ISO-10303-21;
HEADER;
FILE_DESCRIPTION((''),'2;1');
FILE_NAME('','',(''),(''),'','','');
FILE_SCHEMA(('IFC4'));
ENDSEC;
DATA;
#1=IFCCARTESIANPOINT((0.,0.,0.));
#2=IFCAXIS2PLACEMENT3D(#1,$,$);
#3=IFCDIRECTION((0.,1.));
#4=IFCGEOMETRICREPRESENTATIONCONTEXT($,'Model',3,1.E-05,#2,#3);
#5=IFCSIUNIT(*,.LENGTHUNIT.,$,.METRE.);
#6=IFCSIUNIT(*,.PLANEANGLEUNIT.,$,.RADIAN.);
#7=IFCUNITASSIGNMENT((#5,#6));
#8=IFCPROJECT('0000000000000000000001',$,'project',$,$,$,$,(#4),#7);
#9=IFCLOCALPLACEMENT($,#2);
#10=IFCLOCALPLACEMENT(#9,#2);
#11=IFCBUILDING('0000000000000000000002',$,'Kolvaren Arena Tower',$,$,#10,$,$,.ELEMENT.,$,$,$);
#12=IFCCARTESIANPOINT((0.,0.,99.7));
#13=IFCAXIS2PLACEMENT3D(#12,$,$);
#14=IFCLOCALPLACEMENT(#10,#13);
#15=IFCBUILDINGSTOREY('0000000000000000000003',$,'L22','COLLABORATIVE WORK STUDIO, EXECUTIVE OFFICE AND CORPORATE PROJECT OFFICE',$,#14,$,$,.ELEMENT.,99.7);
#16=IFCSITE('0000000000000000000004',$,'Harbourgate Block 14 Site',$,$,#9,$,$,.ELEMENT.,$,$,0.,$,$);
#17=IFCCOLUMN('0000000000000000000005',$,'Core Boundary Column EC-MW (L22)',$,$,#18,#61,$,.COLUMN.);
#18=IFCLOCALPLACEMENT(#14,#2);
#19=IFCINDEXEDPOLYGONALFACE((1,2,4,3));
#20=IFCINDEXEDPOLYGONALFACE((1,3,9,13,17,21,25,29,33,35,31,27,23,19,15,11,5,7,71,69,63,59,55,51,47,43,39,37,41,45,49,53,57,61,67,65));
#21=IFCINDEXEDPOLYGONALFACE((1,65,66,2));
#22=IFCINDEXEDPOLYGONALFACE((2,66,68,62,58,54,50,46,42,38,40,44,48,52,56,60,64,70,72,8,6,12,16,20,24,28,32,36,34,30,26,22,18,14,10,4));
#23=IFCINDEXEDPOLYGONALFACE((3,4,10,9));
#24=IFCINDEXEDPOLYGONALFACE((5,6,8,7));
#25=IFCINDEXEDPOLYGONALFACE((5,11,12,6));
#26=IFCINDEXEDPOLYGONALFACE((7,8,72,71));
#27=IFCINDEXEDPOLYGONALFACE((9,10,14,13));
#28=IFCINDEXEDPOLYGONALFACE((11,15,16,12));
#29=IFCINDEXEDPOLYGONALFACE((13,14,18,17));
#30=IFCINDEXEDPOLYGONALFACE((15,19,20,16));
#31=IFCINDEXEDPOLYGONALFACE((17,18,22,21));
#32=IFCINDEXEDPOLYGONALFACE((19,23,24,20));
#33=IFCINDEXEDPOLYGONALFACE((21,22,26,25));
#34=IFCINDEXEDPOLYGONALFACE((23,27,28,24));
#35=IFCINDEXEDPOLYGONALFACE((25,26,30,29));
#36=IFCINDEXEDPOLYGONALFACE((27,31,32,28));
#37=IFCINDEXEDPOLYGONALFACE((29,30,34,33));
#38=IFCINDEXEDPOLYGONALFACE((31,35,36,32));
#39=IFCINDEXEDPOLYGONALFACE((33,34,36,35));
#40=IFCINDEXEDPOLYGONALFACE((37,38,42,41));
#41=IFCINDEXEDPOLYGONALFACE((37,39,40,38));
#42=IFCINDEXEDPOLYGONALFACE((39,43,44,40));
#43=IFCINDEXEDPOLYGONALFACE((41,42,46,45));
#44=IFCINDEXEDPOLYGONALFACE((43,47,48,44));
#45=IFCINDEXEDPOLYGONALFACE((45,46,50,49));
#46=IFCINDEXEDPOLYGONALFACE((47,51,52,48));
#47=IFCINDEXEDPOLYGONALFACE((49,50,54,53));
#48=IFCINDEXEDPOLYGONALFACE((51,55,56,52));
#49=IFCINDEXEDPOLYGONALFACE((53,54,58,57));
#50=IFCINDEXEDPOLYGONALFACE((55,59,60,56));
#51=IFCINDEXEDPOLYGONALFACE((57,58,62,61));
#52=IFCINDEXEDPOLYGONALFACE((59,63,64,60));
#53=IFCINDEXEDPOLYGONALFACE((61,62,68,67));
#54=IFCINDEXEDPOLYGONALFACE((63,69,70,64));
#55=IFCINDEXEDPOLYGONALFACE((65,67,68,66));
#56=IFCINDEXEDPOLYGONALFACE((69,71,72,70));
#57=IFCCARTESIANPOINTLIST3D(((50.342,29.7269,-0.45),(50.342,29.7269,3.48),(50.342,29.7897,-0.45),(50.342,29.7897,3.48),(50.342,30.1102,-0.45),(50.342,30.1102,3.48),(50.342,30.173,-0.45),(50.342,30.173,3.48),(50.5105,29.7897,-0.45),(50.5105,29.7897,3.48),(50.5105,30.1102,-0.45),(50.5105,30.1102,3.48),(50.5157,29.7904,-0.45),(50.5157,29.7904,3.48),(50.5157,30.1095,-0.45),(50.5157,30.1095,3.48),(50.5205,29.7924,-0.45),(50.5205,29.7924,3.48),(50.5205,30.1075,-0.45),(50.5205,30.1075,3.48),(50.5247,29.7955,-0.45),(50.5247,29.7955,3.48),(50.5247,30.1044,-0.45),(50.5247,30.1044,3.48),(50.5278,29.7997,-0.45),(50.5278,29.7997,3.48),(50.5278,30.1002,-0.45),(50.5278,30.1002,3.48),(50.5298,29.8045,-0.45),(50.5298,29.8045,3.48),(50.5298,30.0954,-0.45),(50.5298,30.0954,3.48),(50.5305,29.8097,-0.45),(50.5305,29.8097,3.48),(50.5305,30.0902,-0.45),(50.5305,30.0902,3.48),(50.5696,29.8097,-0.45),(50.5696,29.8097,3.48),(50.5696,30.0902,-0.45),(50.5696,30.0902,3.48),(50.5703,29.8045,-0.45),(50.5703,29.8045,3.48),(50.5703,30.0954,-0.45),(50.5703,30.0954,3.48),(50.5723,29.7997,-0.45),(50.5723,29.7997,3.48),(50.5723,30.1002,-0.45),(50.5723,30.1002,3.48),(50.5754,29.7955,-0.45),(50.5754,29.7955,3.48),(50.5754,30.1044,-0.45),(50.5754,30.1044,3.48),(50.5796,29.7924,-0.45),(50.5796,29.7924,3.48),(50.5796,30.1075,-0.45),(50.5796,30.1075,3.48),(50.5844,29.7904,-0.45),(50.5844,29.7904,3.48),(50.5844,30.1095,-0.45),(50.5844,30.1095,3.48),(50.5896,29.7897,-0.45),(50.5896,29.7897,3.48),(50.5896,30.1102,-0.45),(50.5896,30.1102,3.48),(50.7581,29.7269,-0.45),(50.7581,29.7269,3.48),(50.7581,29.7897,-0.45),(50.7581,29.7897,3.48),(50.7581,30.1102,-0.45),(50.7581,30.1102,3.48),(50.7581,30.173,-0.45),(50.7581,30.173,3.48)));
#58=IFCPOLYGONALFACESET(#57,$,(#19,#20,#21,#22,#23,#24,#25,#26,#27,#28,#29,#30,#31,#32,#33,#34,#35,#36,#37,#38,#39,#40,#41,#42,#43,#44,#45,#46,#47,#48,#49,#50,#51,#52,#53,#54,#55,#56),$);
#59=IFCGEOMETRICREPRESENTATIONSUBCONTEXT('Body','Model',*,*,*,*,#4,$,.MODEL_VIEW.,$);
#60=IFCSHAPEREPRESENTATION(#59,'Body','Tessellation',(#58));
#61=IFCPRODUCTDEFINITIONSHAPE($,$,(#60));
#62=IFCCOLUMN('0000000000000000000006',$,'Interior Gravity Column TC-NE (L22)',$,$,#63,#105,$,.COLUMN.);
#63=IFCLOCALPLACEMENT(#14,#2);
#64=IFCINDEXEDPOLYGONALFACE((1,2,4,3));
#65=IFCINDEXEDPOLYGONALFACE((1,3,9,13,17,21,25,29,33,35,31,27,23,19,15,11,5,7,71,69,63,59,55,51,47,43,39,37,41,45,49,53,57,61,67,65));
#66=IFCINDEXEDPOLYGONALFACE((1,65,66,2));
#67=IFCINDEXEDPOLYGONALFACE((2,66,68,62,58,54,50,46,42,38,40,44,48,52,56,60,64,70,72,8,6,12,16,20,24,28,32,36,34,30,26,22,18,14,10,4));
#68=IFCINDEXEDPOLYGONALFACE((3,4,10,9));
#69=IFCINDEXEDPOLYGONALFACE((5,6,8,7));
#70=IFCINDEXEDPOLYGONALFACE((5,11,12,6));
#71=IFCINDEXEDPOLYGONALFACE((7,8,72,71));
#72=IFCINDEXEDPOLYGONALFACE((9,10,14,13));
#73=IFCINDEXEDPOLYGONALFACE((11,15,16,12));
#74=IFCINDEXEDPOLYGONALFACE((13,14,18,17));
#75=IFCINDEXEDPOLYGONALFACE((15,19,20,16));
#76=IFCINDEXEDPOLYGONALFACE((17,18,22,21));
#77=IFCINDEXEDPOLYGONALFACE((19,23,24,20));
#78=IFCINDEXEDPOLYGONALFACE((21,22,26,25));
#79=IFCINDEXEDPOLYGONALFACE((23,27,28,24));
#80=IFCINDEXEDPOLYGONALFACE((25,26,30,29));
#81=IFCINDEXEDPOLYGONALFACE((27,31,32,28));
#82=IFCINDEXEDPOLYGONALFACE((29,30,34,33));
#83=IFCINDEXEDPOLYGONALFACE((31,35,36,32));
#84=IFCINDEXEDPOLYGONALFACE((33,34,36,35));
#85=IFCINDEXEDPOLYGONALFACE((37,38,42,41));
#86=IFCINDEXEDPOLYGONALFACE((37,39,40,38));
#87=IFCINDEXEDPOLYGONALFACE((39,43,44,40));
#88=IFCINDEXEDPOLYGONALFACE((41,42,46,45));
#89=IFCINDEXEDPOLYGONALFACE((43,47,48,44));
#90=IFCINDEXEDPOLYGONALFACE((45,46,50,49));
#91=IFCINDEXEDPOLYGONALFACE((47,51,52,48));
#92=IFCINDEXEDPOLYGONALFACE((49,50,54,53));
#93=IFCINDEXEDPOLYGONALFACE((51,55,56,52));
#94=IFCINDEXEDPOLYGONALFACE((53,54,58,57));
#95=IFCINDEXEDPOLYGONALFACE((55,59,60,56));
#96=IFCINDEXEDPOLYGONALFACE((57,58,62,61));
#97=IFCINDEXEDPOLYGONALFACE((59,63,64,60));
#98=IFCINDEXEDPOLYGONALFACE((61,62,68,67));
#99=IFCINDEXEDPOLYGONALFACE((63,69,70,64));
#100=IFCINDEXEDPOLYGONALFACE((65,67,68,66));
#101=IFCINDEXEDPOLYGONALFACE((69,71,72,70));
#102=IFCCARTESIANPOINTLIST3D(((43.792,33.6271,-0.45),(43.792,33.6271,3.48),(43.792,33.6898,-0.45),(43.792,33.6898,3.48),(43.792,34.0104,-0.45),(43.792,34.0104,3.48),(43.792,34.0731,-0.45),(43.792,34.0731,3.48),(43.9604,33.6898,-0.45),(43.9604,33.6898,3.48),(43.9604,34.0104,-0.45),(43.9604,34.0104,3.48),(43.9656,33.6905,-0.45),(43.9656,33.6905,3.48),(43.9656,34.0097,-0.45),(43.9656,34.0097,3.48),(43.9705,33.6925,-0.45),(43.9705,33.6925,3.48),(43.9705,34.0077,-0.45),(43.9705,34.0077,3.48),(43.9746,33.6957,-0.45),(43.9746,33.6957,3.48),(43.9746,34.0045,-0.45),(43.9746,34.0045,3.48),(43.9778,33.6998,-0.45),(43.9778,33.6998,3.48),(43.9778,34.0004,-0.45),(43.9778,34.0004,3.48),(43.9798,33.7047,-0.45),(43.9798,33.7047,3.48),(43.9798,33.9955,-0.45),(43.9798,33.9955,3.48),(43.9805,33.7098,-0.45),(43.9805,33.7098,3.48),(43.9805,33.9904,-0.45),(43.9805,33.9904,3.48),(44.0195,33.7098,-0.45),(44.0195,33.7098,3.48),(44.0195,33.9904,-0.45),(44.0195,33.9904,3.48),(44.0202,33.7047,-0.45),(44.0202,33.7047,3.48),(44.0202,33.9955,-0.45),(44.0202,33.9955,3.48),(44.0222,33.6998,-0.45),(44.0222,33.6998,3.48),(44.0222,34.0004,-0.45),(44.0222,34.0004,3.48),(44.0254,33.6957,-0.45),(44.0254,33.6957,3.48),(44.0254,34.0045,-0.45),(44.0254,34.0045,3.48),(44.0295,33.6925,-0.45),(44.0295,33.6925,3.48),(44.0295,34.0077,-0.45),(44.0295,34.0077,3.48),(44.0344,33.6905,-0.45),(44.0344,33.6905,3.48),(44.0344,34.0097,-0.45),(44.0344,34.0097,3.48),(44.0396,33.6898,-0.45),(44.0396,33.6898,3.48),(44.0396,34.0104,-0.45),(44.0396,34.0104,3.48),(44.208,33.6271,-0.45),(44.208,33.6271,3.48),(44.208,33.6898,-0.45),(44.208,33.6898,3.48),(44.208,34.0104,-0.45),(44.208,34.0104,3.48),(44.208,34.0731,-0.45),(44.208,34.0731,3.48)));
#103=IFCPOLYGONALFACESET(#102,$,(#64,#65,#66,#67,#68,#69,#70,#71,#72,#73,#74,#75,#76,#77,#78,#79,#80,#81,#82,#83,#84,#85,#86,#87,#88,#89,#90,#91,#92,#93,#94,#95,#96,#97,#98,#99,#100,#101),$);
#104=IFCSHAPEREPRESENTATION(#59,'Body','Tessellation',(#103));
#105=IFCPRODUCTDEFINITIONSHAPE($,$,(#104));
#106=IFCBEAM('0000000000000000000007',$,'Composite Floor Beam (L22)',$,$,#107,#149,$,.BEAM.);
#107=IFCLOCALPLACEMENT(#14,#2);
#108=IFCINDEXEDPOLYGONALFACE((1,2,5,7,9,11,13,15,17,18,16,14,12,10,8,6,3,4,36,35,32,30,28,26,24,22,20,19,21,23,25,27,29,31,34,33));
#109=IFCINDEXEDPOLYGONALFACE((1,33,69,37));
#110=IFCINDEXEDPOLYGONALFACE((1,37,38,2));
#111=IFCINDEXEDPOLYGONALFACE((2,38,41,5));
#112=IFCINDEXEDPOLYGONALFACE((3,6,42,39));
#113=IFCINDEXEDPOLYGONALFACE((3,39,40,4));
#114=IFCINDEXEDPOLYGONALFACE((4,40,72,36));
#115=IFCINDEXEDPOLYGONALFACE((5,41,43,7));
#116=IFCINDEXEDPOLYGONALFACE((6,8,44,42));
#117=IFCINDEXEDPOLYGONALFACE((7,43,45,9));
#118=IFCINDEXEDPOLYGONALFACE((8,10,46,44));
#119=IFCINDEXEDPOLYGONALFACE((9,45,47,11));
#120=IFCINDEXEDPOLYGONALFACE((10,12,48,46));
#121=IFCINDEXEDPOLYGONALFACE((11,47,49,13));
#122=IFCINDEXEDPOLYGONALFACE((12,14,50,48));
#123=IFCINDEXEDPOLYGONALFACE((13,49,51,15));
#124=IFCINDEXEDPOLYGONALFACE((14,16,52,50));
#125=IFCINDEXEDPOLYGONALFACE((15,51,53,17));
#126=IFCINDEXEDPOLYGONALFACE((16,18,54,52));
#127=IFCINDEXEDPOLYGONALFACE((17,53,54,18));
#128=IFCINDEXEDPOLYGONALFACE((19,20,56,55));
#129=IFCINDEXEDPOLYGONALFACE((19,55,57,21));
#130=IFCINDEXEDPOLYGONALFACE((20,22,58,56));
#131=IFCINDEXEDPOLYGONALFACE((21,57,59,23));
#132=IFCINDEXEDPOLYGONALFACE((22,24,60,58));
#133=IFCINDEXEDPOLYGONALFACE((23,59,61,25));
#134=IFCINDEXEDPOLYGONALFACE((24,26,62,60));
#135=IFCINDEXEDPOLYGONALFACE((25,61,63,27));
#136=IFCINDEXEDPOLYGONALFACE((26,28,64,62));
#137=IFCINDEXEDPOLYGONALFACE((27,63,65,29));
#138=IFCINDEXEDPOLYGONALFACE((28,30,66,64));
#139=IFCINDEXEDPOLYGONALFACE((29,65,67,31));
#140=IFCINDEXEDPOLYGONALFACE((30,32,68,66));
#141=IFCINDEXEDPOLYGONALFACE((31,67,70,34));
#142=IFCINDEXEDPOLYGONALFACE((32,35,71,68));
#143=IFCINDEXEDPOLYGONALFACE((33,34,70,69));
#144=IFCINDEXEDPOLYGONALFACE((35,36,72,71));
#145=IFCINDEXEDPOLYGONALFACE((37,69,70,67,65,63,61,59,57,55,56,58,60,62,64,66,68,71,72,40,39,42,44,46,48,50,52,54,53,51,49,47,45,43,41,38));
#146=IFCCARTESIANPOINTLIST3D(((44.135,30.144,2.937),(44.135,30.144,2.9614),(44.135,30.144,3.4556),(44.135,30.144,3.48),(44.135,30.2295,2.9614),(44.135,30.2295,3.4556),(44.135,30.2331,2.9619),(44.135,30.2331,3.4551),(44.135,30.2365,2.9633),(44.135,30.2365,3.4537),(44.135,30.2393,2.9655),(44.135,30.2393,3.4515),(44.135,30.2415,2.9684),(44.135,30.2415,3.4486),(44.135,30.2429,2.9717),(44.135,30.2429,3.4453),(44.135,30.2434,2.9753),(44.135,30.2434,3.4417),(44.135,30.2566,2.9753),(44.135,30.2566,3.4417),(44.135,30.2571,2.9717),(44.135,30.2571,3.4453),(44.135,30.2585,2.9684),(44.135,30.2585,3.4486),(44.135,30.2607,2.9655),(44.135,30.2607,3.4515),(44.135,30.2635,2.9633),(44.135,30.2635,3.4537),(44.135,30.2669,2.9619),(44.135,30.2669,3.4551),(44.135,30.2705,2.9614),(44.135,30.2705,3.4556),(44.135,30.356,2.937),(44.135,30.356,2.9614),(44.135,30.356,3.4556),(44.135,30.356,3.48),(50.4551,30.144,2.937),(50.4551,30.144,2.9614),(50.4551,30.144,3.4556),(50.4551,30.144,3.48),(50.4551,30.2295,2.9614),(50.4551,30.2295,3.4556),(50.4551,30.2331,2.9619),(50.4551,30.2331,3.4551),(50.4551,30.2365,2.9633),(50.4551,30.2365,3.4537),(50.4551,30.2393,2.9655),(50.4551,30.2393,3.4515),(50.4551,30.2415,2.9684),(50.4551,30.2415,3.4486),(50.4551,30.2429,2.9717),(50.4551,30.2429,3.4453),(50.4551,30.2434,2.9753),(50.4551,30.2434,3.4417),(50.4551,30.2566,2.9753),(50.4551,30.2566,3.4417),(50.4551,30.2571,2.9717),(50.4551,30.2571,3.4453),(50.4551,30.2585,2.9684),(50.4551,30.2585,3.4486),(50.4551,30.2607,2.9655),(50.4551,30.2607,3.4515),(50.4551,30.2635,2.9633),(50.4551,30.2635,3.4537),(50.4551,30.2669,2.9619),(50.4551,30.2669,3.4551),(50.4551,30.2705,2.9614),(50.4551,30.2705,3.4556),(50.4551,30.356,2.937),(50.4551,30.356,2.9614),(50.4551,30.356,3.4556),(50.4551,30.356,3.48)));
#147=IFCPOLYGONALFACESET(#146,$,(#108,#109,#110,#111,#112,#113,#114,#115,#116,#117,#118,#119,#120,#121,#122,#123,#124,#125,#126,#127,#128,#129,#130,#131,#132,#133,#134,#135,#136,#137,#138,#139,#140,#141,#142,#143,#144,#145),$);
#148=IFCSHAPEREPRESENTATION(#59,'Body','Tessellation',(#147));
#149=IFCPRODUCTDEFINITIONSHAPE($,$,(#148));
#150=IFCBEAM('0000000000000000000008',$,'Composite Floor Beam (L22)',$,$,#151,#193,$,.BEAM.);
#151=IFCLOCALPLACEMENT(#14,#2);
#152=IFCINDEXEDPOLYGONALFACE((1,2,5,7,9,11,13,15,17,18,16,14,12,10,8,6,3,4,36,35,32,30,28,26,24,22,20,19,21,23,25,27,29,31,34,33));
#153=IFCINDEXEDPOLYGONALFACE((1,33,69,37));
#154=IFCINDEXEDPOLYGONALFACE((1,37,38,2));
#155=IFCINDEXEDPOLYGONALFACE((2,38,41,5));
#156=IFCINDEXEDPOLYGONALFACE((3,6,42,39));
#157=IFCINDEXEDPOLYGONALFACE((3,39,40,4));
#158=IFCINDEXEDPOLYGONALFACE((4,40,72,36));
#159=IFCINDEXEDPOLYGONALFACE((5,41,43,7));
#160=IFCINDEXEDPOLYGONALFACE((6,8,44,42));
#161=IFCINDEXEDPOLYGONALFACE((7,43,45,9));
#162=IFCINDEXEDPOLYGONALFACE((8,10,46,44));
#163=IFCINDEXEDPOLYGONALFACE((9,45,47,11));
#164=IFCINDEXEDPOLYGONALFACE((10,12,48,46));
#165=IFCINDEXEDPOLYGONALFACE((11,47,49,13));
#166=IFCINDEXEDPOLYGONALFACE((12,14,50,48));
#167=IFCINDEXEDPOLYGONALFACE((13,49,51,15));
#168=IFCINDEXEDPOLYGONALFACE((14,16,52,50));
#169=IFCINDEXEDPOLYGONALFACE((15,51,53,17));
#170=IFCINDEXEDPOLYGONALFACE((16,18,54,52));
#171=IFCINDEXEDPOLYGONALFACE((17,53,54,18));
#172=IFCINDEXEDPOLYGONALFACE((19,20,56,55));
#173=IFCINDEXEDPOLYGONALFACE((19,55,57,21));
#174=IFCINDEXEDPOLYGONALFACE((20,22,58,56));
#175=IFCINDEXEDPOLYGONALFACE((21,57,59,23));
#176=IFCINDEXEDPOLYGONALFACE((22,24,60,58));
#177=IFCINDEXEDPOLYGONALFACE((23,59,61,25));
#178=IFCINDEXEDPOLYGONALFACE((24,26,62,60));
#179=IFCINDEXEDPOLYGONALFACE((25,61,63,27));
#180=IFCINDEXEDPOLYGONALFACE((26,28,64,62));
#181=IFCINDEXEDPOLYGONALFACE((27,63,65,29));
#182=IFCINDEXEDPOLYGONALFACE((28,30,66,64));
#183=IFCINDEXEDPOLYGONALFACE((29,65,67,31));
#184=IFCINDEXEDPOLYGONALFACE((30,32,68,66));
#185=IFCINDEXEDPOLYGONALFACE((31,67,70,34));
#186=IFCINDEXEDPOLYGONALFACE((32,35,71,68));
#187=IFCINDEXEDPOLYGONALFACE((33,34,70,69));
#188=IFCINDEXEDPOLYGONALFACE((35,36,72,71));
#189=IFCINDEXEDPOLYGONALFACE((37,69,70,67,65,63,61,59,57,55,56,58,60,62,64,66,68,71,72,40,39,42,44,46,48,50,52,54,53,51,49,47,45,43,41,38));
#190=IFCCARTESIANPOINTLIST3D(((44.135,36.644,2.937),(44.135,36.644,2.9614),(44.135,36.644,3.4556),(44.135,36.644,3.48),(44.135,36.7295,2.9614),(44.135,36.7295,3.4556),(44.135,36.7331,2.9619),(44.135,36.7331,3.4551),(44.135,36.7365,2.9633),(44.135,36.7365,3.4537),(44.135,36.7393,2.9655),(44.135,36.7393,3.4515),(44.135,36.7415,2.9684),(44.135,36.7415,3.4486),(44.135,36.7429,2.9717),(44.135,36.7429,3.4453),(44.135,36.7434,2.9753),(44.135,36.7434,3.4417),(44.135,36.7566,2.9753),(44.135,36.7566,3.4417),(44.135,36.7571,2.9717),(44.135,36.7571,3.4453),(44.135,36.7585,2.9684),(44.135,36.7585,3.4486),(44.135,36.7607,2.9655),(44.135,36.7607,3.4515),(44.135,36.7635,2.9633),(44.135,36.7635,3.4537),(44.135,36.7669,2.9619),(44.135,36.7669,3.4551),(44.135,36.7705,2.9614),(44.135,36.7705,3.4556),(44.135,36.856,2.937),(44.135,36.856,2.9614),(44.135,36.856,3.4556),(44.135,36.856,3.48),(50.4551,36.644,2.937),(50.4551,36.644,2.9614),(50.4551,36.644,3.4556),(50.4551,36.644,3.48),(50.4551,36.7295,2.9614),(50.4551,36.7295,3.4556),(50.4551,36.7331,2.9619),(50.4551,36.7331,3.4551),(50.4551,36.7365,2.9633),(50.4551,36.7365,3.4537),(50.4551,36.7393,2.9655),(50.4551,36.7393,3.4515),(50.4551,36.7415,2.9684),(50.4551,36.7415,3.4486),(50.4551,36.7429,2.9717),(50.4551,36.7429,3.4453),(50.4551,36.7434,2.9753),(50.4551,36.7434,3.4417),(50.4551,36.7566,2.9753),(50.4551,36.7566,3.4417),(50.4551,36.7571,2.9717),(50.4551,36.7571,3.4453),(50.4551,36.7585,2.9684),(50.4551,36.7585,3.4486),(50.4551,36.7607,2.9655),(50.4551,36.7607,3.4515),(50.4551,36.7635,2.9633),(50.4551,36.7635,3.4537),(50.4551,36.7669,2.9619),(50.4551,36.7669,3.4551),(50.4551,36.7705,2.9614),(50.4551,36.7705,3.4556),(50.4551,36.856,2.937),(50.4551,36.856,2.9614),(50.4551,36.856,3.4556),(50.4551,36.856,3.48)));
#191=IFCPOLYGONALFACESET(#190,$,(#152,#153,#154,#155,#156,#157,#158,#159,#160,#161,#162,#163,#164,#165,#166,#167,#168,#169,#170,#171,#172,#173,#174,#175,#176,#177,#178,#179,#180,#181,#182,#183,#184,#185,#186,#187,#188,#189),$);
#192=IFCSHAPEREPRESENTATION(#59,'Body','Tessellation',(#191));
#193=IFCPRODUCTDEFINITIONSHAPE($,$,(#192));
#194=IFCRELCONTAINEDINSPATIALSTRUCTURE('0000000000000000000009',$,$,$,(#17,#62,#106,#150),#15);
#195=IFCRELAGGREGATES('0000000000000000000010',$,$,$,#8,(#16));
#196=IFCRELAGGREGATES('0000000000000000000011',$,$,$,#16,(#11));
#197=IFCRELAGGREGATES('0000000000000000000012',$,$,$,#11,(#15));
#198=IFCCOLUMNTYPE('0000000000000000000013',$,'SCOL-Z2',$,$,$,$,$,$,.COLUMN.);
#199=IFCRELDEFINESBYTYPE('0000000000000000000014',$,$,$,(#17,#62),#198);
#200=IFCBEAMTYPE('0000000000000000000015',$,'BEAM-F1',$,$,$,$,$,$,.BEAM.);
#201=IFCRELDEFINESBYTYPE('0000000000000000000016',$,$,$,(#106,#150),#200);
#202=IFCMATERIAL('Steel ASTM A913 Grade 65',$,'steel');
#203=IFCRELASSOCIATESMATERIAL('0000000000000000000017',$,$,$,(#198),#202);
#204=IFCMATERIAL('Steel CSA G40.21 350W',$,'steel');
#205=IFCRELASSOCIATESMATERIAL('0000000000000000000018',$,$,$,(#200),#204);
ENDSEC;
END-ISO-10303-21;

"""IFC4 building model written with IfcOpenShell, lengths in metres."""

from ifc_helpers import new_model, si_unit, direction, frame, origin, origin_2d, place, context, subcontext, project, spatial, i_section, extrude, material, material_profile, profile_set, type_object, element, save


model = new_model("IFC4")

# Units and contexts
model_context = context("Model", 3, precision=1e-05, world=origin(), true_north=direction((0.0, 1.0)))
body_context = subcontext(model_context, "Body", "Model", "MODEL_VIEW")
ifc_project = project(units=[si_unit("LENGTHUNIT", "METRE"), si_unit("PLANEANGLEUNIT", "RADIAN")], contexts=[model_context])

# Site, building, storey
site_placement = place(None, origin())
site = spatial("IfcSite", under=ifc_project, at=site_placement, Name="Harbourgate Block 14 Site", CompositionType="ELEMENT", RefElevation=0.0)
building_placement = place(site_placement, origin())
building = spatial("IfcBuilding", under=site, at=building_placement, Name="Kolvaren Arena Tower", CompositionType="ELEMENT")
storey_placement = place(building_placement, frame((0.0, 0.0, 99.7)))
storey = spatial("IfcBuildingStorey", under=building, at=storey_placement, Name="L22", Description="COLLABORATIVE WORK STUDIO, EXECUTIVE OFFICE AND CORPORATE PROJECT OFFICE", CompositionType="ELEMENT", Elevation=99.7)

# Columns
ifc_material_1 = material(Name="Steel ASTM A913 Grade 65", Category="steel")
ifc_material_profile_1 = material_profile(ifc_material_1, i_section(OverallWidth=0.416, OverallDepth=0.446, WebThickness=0.0391, FlangeThickness=0.0627, FilletRadius=0.02, at=origin_2d()), Name="W360x509")
ifc_profile_set_1 = profile_set([ifc_material_profile_1], Name="Steel ASTM A913 Grade 65")
column_type = type_object("IfcColumnType", Name="SCOL-Z2", PredefinedType="COLUMN", material=ifc_profile_set_1)
for number, where, z_axis, x_axis, name in (
    (1, (50.55, 29.95, -0.45), (0.0, 0.0, 1.0), (1.0, 0.0, 0.0), "Core Boundary Column EC-MW (L22)"),
    (2, (44.0, 33.8501, -0.45), (0.0, 0.0, 1.0), (1.0, 0.0, 0.0), "Interior Gravity Column TC-NE (L22)"),
):
    element("IfcColumn", number, at=place(storey_placement, frame(where, z_axis=z_axis, x_axis=x_axis)), inside=storey, type_object=column_type, Name=name, PredefinedType="COLUMN", context=body_context, shape_type="SweptSolid", body=[
        extrude(i_section(OverallWidth=0.416, OverallDepth=0.446, WebThickness=0.0391, FlangeThickness=0.0627, FilletRadius=0.02, at=origin_2d()), origin(), (0.0, 0.0, 1.0), 3.9299),
    ])

# Beams
ifc_material_2 = material(Name="Steel CSA G40.21 350W", Category="steel")
ifc_material_profile_2 = material_profile(ifc_material_2, i_section(OverallWidth=0.2119, OverallDepth=0.543, WebThickness=0.0132, FlangeThickness=0.0244, FilletRadius=0.0139, at=origin_2d()), Name="W530x150")
ifc_profile_set_2 = profile_set([ifc_material_profile_2], Name="Steel CSA G40.21 350W")
beam_type_1 = type_object("IfcBeamType", Name="BEAM-F1", PredefinedType="BEAM", material=ifc_profile_set_2)
for number, where, z_axis, x_axis, name in (
    (3, (44.135, 30.25, 3.2085), (1.0, 0.0, 0.0), (0.0, 1.0, 0.0), "Composite Floor Beam (L22)"),
    (4, (44.135, 36.75, 3.2085), (1.0, 0.0, 0.0), (0.0, 1.0, 0.0), "Composite Floor Beam (L22)"),
):
    element("IfcBeam", number, at=place(storey_placement, frame(where, z_axis=z_axis, x_axis=x_axis)), inside=storey, type_object=beam_type_1, Name=name, PredefinedType="BEAM", context=body_context, shape_type="SweptSolid", body=[
        extrude(i_section(OverallWidth=0.2119, OverallDepth=0.543, WebThickness=0.0132, FlangeThickness=0.0244, FilletRadius=0.0139, at=origin_2d()), origin(), (0.0, 0.0, 1.0), 6.3201),
    ])

save(model, "model.ifc")
